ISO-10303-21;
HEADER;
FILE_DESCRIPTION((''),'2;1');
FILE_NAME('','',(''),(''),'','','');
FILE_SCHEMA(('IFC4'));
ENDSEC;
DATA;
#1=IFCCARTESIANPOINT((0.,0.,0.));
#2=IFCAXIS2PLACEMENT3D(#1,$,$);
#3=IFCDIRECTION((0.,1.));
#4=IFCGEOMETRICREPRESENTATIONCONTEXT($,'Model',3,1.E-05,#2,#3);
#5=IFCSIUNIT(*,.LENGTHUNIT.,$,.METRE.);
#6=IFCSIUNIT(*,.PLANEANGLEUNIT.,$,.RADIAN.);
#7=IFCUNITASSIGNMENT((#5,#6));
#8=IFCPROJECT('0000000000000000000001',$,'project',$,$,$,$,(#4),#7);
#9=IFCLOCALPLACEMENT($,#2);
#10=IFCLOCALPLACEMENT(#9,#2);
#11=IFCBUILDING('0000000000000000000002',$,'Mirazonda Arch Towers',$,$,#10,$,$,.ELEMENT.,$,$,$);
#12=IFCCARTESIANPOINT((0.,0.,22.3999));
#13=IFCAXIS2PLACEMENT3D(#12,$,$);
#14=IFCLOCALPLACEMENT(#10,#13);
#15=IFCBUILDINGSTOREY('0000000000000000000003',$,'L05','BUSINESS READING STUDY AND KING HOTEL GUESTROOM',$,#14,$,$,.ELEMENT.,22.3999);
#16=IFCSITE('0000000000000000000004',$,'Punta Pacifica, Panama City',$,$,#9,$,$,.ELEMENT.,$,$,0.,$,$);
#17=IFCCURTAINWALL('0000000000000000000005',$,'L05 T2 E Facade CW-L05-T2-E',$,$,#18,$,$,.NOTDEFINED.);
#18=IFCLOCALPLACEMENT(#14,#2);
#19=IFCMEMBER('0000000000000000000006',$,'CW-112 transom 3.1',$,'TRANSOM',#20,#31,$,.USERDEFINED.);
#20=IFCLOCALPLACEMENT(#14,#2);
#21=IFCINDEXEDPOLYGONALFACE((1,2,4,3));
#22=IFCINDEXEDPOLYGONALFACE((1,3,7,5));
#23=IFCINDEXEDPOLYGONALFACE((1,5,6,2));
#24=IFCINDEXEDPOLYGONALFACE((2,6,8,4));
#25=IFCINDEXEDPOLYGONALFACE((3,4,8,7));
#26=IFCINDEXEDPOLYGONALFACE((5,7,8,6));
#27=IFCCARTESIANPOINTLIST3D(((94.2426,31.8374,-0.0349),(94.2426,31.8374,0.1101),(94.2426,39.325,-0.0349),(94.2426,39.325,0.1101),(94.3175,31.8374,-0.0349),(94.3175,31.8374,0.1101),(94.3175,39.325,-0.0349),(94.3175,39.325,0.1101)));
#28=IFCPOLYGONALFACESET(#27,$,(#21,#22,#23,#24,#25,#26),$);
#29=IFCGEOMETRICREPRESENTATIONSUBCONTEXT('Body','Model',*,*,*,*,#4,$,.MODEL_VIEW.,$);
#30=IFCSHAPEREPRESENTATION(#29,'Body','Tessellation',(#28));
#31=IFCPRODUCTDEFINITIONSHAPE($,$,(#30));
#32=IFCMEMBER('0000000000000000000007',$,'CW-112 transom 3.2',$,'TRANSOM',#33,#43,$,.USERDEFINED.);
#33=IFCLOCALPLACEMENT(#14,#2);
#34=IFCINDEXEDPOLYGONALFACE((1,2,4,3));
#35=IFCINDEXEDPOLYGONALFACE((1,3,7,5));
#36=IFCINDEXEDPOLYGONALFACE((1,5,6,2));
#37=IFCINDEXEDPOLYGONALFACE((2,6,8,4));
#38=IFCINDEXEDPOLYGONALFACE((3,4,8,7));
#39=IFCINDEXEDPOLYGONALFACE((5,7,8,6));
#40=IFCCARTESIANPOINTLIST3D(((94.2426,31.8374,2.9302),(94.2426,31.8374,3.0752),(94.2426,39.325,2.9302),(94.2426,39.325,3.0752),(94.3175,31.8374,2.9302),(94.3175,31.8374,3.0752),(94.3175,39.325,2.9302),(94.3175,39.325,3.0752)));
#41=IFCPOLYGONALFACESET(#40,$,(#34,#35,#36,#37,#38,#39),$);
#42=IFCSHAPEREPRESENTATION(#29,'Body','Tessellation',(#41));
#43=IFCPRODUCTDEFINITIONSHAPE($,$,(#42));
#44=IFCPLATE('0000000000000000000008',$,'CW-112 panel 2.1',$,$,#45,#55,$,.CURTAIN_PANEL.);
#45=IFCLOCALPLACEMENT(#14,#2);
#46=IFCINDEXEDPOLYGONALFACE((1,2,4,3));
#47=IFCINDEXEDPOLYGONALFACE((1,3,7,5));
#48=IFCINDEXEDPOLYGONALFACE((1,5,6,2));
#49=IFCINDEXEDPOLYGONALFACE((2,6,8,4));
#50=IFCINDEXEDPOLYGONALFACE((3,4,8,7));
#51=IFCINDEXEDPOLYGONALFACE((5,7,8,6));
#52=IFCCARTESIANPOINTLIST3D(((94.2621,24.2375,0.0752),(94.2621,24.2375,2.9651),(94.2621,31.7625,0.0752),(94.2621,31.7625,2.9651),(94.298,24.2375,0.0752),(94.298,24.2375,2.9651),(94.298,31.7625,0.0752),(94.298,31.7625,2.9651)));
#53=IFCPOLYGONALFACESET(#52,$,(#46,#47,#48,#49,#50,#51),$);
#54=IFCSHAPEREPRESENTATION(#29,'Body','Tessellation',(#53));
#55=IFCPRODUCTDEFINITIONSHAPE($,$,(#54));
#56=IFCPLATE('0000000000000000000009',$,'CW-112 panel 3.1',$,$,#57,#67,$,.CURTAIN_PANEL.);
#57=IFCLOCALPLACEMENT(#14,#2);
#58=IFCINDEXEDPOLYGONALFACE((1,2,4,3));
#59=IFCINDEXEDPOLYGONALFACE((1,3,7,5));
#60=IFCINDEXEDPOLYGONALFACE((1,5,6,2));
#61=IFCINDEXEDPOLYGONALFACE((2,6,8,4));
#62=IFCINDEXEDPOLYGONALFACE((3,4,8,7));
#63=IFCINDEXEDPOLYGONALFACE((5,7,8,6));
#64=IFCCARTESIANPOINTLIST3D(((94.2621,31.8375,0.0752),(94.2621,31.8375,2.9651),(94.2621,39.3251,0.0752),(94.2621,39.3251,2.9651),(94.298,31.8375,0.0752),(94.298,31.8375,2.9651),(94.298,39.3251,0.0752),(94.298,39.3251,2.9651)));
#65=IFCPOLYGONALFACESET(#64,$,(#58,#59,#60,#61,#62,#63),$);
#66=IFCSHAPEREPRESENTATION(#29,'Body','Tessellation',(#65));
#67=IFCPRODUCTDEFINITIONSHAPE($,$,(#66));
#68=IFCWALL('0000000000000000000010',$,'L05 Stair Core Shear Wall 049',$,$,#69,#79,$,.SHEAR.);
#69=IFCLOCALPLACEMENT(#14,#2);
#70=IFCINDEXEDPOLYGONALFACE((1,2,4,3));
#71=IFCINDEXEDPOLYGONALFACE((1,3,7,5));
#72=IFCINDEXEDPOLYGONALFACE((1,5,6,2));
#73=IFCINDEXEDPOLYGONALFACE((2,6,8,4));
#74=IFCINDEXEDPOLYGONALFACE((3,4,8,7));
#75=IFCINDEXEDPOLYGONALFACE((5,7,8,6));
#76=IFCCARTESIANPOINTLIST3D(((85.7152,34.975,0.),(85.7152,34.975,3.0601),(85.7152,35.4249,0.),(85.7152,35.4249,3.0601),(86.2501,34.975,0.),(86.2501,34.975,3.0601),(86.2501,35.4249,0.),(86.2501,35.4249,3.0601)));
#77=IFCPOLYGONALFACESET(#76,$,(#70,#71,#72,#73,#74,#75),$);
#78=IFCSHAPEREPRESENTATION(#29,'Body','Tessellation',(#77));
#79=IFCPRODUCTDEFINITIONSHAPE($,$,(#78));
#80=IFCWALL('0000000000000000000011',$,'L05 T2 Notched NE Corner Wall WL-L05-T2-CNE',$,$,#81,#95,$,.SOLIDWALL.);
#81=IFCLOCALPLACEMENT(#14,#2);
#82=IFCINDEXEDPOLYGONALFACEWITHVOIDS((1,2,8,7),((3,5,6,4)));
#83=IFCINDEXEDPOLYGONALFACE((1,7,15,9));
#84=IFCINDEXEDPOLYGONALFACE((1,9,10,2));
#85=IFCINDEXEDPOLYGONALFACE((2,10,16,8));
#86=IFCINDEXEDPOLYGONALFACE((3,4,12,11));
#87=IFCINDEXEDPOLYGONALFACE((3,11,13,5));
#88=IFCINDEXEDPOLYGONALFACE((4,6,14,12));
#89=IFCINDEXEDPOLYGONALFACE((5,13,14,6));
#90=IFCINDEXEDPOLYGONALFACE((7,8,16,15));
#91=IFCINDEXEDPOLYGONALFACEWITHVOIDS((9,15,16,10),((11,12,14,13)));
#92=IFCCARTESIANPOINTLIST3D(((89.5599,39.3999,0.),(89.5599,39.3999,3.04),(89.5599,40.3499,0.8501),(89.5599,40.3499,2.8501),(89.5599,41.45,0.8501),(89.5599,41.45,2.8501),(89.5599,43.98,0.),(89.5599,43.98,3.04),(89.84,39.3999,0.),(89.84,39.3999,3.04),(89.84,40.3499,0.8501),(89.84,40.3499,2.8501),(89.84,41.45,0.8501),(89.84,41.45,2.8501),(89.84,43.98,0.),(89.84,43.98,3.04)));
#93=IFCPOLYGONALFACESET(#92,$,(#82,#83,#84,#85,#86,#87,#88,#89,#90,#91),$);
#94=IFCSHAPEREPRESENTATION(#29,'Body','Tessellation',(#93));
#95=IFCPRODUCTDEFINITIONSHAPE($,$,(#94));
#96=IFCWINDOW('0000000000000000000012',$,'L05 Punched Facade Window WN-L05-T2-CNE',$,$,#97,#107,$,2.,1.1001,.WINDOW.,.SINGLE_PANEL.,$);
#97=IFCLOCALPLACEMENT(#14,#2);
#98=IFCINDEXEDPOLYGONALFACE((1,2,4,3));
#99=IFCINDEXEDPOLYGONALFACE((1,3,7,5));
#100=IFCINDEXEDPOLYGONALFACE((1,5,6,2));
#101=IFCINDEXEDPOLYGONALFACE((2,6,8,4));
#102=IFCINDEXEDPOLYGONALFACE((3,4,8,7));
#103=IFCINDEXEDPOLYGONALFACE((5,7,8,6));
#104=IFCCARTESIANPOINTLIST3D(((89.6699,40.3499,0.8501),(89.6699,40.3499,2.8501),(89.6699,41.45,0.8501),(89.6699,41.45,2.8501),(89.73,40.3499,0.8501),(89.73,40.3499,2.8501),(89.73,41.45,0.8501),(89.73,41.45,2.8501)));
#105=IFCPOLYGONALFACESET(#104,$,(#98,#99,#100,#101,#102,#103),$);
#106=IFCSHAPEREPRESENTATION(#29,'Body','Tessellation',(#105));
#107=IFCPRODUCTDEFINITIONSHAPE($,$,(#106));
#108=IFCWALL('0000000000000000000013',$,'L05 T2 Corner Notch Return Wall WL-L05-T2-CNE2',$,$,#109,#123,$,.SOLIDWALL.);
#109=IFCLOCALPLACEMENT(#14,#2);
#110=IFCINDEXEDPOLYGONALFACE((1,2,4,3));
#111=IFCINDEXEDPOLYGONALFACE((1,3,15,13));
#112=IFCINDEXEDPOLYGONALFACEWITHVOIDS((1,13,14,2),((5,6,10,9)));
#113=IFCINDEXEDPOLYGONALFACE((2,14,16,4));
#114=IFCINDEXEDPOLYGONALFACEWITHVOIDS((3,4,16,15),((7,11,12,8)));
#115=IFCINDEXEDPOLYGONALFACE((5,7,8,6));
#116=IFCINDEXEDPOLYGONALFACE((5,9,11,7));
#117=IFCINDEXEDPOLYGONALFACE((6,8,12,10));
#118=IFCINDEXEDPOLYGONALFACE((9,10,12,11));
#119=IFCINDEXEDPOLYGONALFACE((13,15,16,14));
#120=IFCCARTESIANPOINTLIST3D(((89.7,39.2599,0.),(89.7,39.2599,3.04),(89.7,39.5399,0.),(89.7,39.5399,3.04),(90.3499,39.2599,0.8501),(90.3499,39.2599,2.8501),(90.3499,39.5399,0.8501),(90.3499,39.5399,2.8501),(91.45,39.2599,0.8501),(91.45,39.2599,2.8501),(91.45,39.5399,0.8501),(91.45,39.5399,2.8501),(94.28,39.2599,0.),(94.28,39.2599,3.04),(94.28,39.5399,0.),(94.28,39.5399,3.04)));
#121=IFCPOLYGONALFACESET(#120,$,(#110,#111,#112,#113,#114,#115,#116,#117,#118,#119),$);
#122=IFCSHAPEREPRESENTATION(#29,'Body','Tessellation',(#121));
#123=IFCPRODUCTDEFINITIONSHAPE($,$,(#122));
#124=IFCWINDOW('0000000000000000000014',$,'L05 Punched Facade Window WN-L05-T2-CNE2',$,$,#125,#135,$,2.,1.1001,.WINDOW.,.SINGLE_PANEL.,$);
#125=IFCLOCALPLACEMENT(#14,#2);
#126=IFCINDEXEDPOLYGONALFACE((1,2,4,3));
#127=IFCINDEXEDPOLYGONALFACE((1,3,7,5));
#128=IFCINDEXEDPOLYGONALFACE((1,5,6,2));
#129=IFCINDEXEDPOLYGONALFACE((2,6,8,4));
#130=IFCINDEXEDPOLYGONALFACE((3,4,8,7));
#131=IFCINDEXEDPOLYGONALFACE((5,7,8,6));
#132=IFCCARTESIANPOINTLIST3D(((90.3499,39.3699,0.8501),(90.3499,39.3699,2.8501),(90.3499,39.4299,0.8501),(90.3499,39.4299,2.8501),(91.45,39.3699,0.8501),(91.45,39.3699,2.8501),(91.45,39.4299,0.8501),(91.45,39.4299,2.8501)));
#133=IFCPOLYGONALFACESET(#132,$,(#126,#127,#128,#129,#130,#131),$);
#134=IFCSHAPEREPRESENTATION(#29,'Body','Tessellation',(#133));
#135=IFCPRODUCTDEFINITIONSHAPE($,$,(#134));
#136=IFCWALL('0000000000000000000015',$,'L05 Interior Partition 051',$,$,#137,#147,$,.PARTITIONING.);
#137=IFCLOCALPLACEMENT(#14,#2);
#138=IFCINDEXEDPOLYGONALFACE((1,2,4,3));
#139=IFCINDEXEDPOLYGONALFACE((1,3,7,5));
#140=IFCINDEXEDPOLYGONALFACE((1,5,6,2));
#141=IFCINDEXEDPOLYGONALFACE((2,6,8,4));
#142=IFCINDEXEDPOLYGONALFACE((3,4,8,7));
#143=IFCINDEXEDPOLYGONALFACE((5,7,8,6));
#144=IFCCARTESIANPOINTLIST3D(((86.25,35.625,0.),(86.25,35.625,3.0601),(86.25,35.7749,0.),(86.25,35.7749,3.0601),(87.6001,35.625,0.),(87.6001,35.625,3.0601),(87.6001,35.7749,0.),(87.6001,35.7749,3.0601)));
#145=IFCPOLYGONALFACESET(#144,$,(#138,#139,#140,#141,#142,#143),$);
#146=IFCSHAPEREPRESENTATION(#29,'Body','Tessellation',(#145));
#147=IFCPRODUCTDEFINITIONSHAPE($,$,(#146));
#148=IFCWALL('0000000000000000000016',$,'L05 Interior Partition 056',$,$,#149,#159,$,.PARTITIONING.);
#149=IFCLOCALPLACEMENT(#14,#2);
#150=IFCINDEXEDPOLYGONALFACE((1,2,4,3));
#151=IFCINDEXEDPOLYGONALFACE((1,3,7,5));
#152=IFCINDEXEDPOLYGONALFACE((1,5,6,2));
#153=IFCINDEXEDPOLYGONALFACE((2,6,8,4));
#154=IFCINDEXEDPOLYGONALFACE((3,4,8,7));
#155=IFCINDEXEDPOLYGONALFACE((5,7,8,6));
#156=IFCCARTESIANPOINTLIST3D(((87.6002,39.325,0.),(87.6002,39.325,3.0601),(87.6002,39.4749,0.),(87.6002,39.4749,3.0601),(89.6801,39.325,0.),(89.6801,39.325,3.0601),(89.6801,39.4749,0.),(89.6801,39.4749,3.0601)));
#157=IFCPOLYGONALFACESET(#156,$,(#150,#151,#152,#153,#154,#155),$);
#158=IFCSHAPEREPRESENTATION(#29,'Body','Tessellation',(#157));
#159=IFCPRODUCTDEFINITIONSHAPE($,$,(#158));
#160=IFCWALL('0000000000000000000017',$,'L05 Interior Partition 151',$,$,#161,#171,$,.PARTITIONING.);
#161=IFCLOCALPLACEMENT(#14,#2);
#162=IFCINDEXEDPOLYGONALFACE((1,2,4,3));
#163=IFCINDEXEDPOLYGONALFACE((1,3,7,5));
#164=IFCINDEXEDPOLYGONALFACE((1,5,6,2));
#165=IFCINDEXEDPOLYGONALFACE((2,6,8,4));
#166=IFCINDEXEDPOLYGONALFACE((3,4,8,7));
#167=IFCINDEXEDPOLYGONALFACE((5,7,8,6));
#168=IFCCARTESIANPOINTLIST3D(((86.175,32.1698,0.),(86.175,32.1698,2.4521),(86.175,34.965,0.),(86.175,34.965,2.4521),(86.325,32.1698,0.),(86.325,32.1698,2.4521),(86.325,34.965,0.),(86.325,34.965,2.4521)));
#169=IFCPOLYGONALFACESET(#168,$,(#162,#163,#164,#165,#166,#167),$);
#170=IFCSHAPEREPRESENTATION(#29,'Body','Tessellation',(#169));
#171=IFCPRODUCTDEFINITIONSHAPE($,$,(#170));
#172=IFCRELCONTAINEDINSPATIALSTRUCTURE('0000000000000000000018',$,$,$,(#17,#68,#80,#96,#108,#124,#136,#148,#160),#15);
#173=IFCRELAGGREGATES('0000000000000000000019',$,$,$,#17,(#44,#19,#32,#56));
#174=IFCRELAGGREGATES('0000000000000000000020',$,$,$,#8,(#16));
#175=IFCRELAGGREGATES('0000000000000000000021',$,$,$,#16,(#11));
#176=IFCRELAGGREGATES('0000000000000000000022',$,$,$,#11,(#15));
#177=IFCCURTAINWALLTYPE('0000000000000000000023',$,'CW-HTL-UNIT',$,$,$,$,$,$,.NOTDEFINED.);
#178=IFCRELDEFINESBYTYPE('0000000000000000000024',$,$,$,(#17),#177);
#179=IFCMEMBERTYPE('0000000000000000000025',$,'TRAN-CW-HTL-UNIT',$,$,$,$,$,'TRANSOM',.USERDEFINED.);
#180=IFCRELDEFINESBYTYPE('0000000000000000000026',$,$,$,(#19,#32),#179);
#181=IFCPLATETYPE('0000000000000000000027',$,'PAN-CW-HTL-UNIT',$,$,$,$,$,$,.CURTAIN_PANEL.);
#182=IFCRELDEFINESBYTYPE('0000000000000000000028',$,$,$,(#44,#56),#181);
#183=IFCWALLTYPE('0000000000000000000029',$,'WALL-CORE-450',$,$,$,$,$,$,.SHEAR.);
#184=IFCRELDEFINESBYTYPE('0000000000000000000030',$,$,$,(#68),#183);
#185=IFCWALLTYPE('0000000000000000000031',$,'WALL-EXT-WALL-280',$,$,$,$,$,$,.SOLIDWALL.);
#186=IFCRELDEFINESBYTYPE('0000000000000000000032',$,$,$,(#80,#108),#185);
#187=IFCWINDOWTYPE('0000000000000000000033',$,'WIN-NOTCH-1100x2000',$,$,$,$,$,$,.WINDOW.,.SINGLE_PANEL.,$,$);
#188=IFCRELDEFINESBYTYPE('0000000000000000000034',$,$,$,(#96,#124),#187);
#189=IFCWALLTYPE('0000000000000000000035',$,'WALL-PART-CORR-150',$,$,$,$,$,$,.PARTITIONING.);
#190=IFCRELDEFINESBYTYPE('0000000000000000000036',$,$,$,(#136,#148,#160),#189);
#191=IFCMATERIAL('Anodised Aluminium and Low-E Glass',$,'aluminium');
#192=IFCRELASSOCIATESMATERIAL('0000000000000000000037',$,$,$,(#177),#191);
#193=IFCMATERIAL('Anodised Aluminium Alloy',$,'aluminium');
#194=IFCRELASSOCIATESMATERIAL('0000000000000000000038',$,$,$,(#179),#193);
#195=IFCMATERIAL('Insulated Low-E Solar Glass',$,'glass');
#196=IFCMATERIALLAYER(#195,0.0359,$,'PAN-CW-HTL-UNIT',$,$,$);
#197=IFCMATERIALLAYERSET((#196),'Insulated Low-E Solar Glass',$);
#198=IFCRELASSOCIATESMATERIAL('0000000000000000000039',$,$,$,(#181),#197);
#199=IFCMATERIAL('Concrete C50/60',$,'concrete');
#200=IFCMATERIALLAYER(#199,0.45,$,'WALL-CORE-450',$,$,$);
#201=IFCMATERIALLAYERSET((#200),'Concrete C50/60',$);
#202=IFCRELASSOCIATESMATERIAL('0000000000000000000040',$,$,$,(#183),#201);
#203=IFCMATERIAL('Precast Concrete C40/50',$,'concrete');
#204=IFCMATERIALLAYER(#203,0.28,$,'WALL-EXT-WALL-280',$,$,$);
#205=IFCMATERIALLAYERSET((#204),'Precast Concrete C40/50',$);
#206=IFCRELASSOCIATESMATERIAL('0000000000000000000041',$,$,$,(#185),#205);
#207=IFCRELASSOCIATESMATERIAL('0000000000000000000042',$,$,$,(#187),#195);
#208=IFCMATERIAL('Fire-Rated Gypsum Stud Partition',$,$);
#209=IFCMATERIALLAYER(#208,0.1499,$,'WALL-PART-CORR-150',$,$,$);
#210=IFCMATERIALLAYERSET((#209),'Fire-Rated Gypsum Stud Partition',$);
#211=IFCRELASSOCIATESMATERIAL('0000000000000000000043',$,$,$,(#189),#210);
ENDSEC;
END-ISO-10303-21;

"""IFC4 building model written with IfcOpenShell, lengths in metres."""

from ifc_helpers import new_model, si_unit, direction, frame, frame_2d, origin, origin_2d, place, context, subcontext, project, spatial, rectangle, extrude, material, layer, layer_set, material_profile, profile_set, type_object, element, fill, aggregate, save


model = new_model("IFC4")

# Units and contexts
model_context = context("Model", 3, precision=1e-05, world=origin(), true_north=direction((0.0, 1.0)))
body_context = subcontext(model_context, "Body", "Model", "MODEL_VIEW")
ifc_project = project(units=[si_unit("LENGTHUNIT", "METRE"), si_unit("PLANEANGLEUNIT", "RADIAN")], contexts=[model_context])

# Site, building, storey
site_placement = place(None, origin())
site = spatial("IfcSite", under=ifc_project, at=site_placement, Name="Punta Pacifica, Panama City", CompositionType="ELEMENT", RefElevation=0.0)
building_placement = place(site_placement, origin())
building = spatial("IfcBuilding", under=site, at=building_placement, Name="Mirazonda Arch Towers", CompositionType="ELEMENT")
storey_placement = place(building_placement, frame((0.0, 0.0, 22.3999)))
storey = spatial("IfcBuildingStorey", under=building, at=storey_placement, Name="L05", Description="BUSINESS READING STUDY AND KING HOTEL GUESTROOM", CompositionType="ELEMENT", Elevation=22.3999)

# Curtain wall
ifc_material_1 = material(Name="Anodised Aluminium and Low-E Glass", Category="aluminium")
curtain_wall_type = type_object("IfcCurtainWallType", Name="CW-HTL-UNIT", PredefinedType="NOTDEFINED", material=ifc_material_1)
curtain_wall_1_placement = place(storey_placement, origin())
curtain_wall_1 = element("IfcCurtainWall", 1, at=curtain_wall_1_placement, inside=storey, type_object=curtain_wall_type, Name="L05 T2 E Facade CW-L05-T2-E", PredefinedType="NOTDEFINED")
ifc_material_2 = material(Name="Anodised Aluminium Alloy", Category="aluminium")

# Members
ifc_material_profile_1 = material_profile(ifc_material_2, rectangle(XDim=0.075, YDim=0.145, at=origin_2d()), Name="ALU-TRAN-75x145")
ifc_profile_set_1 = profile_set([ifc_material_profile_1], Name="Anodised Aluminium Alloy")
member_type_1 = type_object("IfcMemberType", Name="TRAN-CW-HTL-UNIT", ElementType="TRANSOM", PredefinedType="USERDEFINED", material=ifc_profile_set_1)
member_1_placement = place(storey_placement, frame((94.28, 31.8374, 0.0376), z_axis=(0.0, 1.0, 0.0), x_axis=(-1.0, 0.0, 0.0)))
member_1 = element("IfcMember", 2, at=member_1_placement, type_object=member_type_1, Name="CW-112 transom 3.1", ObjectType="TRANSOM", PredefinedType="USERDEFINED", context=body_context, shape_type="SweptSolid", body=[
    extrude(rectangle(XDim=0.075, YDim=0.145, at=origin_2d()), origin(), (0.0, 0.0, 1.0), 7.4875),
])
member_2_placement = place(storey_placement, frame((94.28, 31.8374, 3.0027), z_axis=(0.0, 1.0, 0.0), x_axis=(-1.0, 0.0, 0.0)))
member_2 = element("IfcMember", 3, at=member_2_placement, type_object=member_type_1, Name="CW-112 transom 3.2", ObjectType="TRANSOM", PredefinedType="USERDEFINED", context=body_context, shape_type="SweptSolid", body=[
    extrude(rectangle(XDim=0.075, YDim=0.145, at=origin_2d()), origin(), (0.0, 0.0, 1.0), 7.4875),
])

# Plates
ifc_material_3 = material(Name="Insulated Low-E Solar Glass", Category="glass")
ifc_layer_1 = layer(ifc_material_3, 0.0359, Name="PAN-CW-HTL-UNIT")
ifc_layer_set_1 = layer_set([ifc_layer_1], Name="Insulated Low-E Solar Glass")
plate_type = type_object("IfcPlateType", Name="PAN-CW-HTL-UNIT", PredefinedType="CURTAIN_PANEL", material=ifc_layer_set_1)
plate_1_placement = place(storey_placement, frame((94.28, 28.0, 0.0752), z_axis=(0.0, 0.0, 1.0), x_axis=(0.0, 1.0, 0.0)))
plate_1 = element("IfcPlate", 4, at=plate_1_placement, type_object=plate_type, Name="CW-112 panel 2.1", PredefinedType="CURTAIN_PANEL", context=body_context, shape_type="SweptSolid", body=[
    extrude(rectangle(XDim=7.5249, YDim=0.0359, at=origin_2d()), origin(), (0.0, 0.0, 1.0), 2.8899),
])
plate_2_placement = place(storey_placement, frame((94.28, 35.5813, 0.0752), z_axis=(0.0, 0.0, 1.0), x_axis=(0.0, 1.0, 0.0)))
plate_2 = element("IfcPlate", 5, at=plate_2_placement, type_object=plate_type, Name="CW-112 panel 3.1", PredefinedType="CURTAIN_PANEL", context=body_context, shape_type="SweptSolid", body=[
    extrude(rectangle(XDim=7.4875, YDim=0.0359, at=origin_2d()), origin(), (0.0, 0.0, 1.0), 2.8899),
])
aggregate(curtain_wall_1, [plate_1, member_1, member_2, plate_2])

# Wall
ifc_material_4 = material(Name="Concrete C50/60", Category="concrete")
ifc_layer_2 = layer(ifc_material_4, 0.45, Name="WALL-CORE-450")
ifc_layer_set_2 = layer_set([ifc_layer_2], Name="Concrete C50/60")
wall_type_1 = type_object("IfcWallType", Name="WALL-CORE-450", PredefinedType="SHEAR", material=ifc_layer_set_2)
wall_1_placement = place(storey_placement, frame((85.7151, 35.2, 0.0), z_axis=(0.0, 0.0, 1.0), x_axis=(1.0, 0.0, 0.0)))
element("IfcWall", 6, at=wall_1_placement, inside=storey, type_object=wall_type_1, Name="L05 Stair Core Shear Wall 049", PredefinedType="SHEAR", context=body_context, shape_type="SweptSolid", body=[
    extrude(rectangle(XDim=0.5349, YDim=0.45, at=frame_2d((0.2676, 0.0))), origin(), (0.0, 0.0, 1.0), 3.0601),
])

# Walls, openings, windows
ifc_material_5 = material(Name="Precast Concrete C40/50", Category="concrete")
ifc_layer_3 = layer(ifc_material_5, 0.28, Name="WALL-EXT-WALL-280")
ifc_layer_set_3 = layer_set([ifc_layer_3], Name="Precast Concrete C40/50")
wall_type_2 = type_object("IfcWallType", Name="WALL-EXT-WALL-280", PredefinedType="SOLIDWALL", material=ifc_layer_set_3)
wall_2_placement = place(storey_placement, frame((89.7, 39.3999, 0.0), z_axis=(0.0, 0.0, 1.0), x_axis=(0.0, 1.0, 0.0)))
wall_2 = element("IfcWall", 7, at=wall_2_placement, inside=storey, type_object=wall_type_2, Name="L05 T2 Notched NE Corner Wall WL-L05-T2-CNE", PredefinedType="SOLIDWALL", context=body_context, shape_type="SweptSolid", body=[
    extrude(rectangle(XDim=4.5801, YDim=0.28, at=frame_2d((2.29, 0.0))), origin(), (0.0, 0.0, 1.0), 3.04),
])
opening_1_placement = place(wall_2_placement, frame((0.95, 0.0, 0.8501)))
opening_1 = element("IfcOpeningElement", 8, at=opening_1_placement, cuts=wall_2, PredefinedType="OPENING", context=body_context, shape_type="SweptSolid", body=[
    extrude(rectangle(XDim=1.1001, YDim=2.0, at=frame_2d((0.55, 1.0))), frame((0.0, 0.1499, 0.0), z_axis=(0.0, -1.0, 0.0), x_axis=(1.0, 0.0, 0.0)), (0.0, 0.0, 1.0), 0.3),
])
window_type = type_object("IfcWindowType", Name="WIN-NOTCH-1100x2000", PartitioningType="SINGLE_PANEL", PredefinedType="WINDOW", material=ifc_material_3)
window_1_placement = place(opening_1_placement, origin())
window_1 = element("IfcWindow", 9, at=window_1_placement, inside=storey, type_object=window_type, Name="L05 Punched Facade Window WN-L05-T2-CNE", OverallHeight=2.0, OverallWidth=1.1001, PartitioningType="SINGLE_PANEL", PredefinedType="WINDOW", context=body_context, shape_type="SweptSolid", body=[
    extrude(rectangle(XDim=1.1001, YDim=2.0, at=frame_2d((0.55, 1.0))), frame((0.0, 0.03, 0.0), z_axis=(0.0, -1.0, 0.0), x_axis=(1.0, 0.0, 0.0)), (0.0, 0.0, 1.0), 0.0601),
])
fill(opening_1, window_1)
wall_3_placement = place(storey_placement, frame((94.28, 39.3999, 0.0), z_axis=(0.0, 0.0, 1.0), x_axis=(-1.0, 0.0, 0.0)))
wall_3 = element("IfcWall", 10, at=wall_3_placement, inside=storey, type_object=wall_type_2, Name="L05 T2 Corner Notch Return Wall WL-L05-T2-CNE2", PredefinedType="SOLIDWALL", context=body_context, shape_type="SweptSolid", body=[
    extrude(rectangle(XDim=4.5801, YDim=0.28, at=frame_2d((2.29, 0.0))), origin(), (0.0, 0.0, 1.0), 3.04),
])
opening_2_placement = place(wall_3_placement, frame((2.8301, 0.0, 0.8501)))
opening_2 = element("IfcOpeningElement", 11, at=opening_2_placement, cuts=wall_3, PredefinedType="OPENING", context=body_context, shape_type="SweptSolid", body=[
    extrude(rectangle(XDim=1.1001, YDim=2.0, at=frame_2d((0.55, 1.0))), frame((0.0, 0.1499, 0.0), z_axis=(0.0, -1.0, 0.0), x_axis=(1.0, 0.0, 0.0)), (0.0, 0.0, 1.0), 0.3),
])
window_2_placement = place(opening_2_placement, origin())
window_2 = element("IfcWindow", 12, at=window_2_placement, inside=storey, type_object=window_type, Name="L05 Punched Facade Window WN-L05-T2-CNE2", OverallHeight=2.0, OverallWidth=1.1001, PartitioningType="SINGLE_PANEL", PredefinedType="WINDOW", context=body_context, shape_type="SweptSolid", body=[
    extrude(rectangle(XDim=1.1001, YDim=2.0, at=frame_2d((0.55, 1.0))), frame((0.0, 0.03, 0.0), z_axis=(0.0, -1.0, 0.0), x_axis=(1.0, 0.0, 0.0)), (0.0, 0.0, 1.0), 0.0601),
])
fill(opening_2, window_2)

# Shared definitions
ifc_material_6 = material(Name="Fire-Rated Gypsum Stud Partition")
ifc_layer_4 = layer(ifc_material_6, 0.1499, Name="WALL-PART-CORR-150")
ifc_layer_set_4 = layer_set([ifc_layer_4], Name="Fire-Rated Gypsum Stud Partition")
wall_type_3 = type_object("IfcWallType", Name="WALL-PART-CORR-150", PredefinedType="PARTITIONING", material=ifc_layer_set_4)

# Walls
wall_4_placement = place(storey_placement, frame((86.25, 35.7, 0.0), z_axis=(0.0, 0.0, 1.0), x_axis=(1.0, 0.0, 0.0)))
element("IfcWall", 13, at=wall_4_placement, inside=storey, type_object=wall_type_3, Name="L05 Interior Partition 051", PredefinedType="PARTITIONING", context=body_context, shape_type="SweptSolid", body=[
    extrude(rectangle(XDim=1.3501, YDim=0.1499, at=frame_2d((0.675, 0.0))), origin(), (0.0, 0.0, 1.0), 3.0601),
])
wall_5_placement = place(storey_placement, frame((87.6001, 39.3999, 0.0), z_axis=(0.0, 0.0, 1.0), x_axis=(1.0, 0.0, 0.0)))
element("IfcWall", 14, at=wall_5_placement, inside=storey, type_object=wall_type_3, Name="L05 Interior Partition 056", PredefinedType="PARTITIONING", context=body_context, shape_type="SweptSolid", body=[
    extrude(rectangle(XDim=2.0798, YDim=0.1499, at=frame_2d((1.04, 0.0))), origin(), (0.0, 0.0, 1.0), 3.0601),
])
wall_6_placement = place(storey_placement, frame((86.25, 32.1699, 0.0), z_axis=(0.0, 0.0, 1.0), x_axis=(0.0, 1.0, 0.0)))
element("IfcWall", 15, at=wall_6_placement, inside=storey, type_object=wall_type_3, Name="L05 Interior Partition 151", PredefinedType="PARTITIONING", context=body_context, shape_type="SweptSolid", body=[
    extrude(rectangle(XDim=2.7952, YDim=0.1499, at=frame_2d((1.3975, 0.0))), origin(), (0.0, 0.0, 1.0), 2.4521),
])

save(model, "model.ifc")
